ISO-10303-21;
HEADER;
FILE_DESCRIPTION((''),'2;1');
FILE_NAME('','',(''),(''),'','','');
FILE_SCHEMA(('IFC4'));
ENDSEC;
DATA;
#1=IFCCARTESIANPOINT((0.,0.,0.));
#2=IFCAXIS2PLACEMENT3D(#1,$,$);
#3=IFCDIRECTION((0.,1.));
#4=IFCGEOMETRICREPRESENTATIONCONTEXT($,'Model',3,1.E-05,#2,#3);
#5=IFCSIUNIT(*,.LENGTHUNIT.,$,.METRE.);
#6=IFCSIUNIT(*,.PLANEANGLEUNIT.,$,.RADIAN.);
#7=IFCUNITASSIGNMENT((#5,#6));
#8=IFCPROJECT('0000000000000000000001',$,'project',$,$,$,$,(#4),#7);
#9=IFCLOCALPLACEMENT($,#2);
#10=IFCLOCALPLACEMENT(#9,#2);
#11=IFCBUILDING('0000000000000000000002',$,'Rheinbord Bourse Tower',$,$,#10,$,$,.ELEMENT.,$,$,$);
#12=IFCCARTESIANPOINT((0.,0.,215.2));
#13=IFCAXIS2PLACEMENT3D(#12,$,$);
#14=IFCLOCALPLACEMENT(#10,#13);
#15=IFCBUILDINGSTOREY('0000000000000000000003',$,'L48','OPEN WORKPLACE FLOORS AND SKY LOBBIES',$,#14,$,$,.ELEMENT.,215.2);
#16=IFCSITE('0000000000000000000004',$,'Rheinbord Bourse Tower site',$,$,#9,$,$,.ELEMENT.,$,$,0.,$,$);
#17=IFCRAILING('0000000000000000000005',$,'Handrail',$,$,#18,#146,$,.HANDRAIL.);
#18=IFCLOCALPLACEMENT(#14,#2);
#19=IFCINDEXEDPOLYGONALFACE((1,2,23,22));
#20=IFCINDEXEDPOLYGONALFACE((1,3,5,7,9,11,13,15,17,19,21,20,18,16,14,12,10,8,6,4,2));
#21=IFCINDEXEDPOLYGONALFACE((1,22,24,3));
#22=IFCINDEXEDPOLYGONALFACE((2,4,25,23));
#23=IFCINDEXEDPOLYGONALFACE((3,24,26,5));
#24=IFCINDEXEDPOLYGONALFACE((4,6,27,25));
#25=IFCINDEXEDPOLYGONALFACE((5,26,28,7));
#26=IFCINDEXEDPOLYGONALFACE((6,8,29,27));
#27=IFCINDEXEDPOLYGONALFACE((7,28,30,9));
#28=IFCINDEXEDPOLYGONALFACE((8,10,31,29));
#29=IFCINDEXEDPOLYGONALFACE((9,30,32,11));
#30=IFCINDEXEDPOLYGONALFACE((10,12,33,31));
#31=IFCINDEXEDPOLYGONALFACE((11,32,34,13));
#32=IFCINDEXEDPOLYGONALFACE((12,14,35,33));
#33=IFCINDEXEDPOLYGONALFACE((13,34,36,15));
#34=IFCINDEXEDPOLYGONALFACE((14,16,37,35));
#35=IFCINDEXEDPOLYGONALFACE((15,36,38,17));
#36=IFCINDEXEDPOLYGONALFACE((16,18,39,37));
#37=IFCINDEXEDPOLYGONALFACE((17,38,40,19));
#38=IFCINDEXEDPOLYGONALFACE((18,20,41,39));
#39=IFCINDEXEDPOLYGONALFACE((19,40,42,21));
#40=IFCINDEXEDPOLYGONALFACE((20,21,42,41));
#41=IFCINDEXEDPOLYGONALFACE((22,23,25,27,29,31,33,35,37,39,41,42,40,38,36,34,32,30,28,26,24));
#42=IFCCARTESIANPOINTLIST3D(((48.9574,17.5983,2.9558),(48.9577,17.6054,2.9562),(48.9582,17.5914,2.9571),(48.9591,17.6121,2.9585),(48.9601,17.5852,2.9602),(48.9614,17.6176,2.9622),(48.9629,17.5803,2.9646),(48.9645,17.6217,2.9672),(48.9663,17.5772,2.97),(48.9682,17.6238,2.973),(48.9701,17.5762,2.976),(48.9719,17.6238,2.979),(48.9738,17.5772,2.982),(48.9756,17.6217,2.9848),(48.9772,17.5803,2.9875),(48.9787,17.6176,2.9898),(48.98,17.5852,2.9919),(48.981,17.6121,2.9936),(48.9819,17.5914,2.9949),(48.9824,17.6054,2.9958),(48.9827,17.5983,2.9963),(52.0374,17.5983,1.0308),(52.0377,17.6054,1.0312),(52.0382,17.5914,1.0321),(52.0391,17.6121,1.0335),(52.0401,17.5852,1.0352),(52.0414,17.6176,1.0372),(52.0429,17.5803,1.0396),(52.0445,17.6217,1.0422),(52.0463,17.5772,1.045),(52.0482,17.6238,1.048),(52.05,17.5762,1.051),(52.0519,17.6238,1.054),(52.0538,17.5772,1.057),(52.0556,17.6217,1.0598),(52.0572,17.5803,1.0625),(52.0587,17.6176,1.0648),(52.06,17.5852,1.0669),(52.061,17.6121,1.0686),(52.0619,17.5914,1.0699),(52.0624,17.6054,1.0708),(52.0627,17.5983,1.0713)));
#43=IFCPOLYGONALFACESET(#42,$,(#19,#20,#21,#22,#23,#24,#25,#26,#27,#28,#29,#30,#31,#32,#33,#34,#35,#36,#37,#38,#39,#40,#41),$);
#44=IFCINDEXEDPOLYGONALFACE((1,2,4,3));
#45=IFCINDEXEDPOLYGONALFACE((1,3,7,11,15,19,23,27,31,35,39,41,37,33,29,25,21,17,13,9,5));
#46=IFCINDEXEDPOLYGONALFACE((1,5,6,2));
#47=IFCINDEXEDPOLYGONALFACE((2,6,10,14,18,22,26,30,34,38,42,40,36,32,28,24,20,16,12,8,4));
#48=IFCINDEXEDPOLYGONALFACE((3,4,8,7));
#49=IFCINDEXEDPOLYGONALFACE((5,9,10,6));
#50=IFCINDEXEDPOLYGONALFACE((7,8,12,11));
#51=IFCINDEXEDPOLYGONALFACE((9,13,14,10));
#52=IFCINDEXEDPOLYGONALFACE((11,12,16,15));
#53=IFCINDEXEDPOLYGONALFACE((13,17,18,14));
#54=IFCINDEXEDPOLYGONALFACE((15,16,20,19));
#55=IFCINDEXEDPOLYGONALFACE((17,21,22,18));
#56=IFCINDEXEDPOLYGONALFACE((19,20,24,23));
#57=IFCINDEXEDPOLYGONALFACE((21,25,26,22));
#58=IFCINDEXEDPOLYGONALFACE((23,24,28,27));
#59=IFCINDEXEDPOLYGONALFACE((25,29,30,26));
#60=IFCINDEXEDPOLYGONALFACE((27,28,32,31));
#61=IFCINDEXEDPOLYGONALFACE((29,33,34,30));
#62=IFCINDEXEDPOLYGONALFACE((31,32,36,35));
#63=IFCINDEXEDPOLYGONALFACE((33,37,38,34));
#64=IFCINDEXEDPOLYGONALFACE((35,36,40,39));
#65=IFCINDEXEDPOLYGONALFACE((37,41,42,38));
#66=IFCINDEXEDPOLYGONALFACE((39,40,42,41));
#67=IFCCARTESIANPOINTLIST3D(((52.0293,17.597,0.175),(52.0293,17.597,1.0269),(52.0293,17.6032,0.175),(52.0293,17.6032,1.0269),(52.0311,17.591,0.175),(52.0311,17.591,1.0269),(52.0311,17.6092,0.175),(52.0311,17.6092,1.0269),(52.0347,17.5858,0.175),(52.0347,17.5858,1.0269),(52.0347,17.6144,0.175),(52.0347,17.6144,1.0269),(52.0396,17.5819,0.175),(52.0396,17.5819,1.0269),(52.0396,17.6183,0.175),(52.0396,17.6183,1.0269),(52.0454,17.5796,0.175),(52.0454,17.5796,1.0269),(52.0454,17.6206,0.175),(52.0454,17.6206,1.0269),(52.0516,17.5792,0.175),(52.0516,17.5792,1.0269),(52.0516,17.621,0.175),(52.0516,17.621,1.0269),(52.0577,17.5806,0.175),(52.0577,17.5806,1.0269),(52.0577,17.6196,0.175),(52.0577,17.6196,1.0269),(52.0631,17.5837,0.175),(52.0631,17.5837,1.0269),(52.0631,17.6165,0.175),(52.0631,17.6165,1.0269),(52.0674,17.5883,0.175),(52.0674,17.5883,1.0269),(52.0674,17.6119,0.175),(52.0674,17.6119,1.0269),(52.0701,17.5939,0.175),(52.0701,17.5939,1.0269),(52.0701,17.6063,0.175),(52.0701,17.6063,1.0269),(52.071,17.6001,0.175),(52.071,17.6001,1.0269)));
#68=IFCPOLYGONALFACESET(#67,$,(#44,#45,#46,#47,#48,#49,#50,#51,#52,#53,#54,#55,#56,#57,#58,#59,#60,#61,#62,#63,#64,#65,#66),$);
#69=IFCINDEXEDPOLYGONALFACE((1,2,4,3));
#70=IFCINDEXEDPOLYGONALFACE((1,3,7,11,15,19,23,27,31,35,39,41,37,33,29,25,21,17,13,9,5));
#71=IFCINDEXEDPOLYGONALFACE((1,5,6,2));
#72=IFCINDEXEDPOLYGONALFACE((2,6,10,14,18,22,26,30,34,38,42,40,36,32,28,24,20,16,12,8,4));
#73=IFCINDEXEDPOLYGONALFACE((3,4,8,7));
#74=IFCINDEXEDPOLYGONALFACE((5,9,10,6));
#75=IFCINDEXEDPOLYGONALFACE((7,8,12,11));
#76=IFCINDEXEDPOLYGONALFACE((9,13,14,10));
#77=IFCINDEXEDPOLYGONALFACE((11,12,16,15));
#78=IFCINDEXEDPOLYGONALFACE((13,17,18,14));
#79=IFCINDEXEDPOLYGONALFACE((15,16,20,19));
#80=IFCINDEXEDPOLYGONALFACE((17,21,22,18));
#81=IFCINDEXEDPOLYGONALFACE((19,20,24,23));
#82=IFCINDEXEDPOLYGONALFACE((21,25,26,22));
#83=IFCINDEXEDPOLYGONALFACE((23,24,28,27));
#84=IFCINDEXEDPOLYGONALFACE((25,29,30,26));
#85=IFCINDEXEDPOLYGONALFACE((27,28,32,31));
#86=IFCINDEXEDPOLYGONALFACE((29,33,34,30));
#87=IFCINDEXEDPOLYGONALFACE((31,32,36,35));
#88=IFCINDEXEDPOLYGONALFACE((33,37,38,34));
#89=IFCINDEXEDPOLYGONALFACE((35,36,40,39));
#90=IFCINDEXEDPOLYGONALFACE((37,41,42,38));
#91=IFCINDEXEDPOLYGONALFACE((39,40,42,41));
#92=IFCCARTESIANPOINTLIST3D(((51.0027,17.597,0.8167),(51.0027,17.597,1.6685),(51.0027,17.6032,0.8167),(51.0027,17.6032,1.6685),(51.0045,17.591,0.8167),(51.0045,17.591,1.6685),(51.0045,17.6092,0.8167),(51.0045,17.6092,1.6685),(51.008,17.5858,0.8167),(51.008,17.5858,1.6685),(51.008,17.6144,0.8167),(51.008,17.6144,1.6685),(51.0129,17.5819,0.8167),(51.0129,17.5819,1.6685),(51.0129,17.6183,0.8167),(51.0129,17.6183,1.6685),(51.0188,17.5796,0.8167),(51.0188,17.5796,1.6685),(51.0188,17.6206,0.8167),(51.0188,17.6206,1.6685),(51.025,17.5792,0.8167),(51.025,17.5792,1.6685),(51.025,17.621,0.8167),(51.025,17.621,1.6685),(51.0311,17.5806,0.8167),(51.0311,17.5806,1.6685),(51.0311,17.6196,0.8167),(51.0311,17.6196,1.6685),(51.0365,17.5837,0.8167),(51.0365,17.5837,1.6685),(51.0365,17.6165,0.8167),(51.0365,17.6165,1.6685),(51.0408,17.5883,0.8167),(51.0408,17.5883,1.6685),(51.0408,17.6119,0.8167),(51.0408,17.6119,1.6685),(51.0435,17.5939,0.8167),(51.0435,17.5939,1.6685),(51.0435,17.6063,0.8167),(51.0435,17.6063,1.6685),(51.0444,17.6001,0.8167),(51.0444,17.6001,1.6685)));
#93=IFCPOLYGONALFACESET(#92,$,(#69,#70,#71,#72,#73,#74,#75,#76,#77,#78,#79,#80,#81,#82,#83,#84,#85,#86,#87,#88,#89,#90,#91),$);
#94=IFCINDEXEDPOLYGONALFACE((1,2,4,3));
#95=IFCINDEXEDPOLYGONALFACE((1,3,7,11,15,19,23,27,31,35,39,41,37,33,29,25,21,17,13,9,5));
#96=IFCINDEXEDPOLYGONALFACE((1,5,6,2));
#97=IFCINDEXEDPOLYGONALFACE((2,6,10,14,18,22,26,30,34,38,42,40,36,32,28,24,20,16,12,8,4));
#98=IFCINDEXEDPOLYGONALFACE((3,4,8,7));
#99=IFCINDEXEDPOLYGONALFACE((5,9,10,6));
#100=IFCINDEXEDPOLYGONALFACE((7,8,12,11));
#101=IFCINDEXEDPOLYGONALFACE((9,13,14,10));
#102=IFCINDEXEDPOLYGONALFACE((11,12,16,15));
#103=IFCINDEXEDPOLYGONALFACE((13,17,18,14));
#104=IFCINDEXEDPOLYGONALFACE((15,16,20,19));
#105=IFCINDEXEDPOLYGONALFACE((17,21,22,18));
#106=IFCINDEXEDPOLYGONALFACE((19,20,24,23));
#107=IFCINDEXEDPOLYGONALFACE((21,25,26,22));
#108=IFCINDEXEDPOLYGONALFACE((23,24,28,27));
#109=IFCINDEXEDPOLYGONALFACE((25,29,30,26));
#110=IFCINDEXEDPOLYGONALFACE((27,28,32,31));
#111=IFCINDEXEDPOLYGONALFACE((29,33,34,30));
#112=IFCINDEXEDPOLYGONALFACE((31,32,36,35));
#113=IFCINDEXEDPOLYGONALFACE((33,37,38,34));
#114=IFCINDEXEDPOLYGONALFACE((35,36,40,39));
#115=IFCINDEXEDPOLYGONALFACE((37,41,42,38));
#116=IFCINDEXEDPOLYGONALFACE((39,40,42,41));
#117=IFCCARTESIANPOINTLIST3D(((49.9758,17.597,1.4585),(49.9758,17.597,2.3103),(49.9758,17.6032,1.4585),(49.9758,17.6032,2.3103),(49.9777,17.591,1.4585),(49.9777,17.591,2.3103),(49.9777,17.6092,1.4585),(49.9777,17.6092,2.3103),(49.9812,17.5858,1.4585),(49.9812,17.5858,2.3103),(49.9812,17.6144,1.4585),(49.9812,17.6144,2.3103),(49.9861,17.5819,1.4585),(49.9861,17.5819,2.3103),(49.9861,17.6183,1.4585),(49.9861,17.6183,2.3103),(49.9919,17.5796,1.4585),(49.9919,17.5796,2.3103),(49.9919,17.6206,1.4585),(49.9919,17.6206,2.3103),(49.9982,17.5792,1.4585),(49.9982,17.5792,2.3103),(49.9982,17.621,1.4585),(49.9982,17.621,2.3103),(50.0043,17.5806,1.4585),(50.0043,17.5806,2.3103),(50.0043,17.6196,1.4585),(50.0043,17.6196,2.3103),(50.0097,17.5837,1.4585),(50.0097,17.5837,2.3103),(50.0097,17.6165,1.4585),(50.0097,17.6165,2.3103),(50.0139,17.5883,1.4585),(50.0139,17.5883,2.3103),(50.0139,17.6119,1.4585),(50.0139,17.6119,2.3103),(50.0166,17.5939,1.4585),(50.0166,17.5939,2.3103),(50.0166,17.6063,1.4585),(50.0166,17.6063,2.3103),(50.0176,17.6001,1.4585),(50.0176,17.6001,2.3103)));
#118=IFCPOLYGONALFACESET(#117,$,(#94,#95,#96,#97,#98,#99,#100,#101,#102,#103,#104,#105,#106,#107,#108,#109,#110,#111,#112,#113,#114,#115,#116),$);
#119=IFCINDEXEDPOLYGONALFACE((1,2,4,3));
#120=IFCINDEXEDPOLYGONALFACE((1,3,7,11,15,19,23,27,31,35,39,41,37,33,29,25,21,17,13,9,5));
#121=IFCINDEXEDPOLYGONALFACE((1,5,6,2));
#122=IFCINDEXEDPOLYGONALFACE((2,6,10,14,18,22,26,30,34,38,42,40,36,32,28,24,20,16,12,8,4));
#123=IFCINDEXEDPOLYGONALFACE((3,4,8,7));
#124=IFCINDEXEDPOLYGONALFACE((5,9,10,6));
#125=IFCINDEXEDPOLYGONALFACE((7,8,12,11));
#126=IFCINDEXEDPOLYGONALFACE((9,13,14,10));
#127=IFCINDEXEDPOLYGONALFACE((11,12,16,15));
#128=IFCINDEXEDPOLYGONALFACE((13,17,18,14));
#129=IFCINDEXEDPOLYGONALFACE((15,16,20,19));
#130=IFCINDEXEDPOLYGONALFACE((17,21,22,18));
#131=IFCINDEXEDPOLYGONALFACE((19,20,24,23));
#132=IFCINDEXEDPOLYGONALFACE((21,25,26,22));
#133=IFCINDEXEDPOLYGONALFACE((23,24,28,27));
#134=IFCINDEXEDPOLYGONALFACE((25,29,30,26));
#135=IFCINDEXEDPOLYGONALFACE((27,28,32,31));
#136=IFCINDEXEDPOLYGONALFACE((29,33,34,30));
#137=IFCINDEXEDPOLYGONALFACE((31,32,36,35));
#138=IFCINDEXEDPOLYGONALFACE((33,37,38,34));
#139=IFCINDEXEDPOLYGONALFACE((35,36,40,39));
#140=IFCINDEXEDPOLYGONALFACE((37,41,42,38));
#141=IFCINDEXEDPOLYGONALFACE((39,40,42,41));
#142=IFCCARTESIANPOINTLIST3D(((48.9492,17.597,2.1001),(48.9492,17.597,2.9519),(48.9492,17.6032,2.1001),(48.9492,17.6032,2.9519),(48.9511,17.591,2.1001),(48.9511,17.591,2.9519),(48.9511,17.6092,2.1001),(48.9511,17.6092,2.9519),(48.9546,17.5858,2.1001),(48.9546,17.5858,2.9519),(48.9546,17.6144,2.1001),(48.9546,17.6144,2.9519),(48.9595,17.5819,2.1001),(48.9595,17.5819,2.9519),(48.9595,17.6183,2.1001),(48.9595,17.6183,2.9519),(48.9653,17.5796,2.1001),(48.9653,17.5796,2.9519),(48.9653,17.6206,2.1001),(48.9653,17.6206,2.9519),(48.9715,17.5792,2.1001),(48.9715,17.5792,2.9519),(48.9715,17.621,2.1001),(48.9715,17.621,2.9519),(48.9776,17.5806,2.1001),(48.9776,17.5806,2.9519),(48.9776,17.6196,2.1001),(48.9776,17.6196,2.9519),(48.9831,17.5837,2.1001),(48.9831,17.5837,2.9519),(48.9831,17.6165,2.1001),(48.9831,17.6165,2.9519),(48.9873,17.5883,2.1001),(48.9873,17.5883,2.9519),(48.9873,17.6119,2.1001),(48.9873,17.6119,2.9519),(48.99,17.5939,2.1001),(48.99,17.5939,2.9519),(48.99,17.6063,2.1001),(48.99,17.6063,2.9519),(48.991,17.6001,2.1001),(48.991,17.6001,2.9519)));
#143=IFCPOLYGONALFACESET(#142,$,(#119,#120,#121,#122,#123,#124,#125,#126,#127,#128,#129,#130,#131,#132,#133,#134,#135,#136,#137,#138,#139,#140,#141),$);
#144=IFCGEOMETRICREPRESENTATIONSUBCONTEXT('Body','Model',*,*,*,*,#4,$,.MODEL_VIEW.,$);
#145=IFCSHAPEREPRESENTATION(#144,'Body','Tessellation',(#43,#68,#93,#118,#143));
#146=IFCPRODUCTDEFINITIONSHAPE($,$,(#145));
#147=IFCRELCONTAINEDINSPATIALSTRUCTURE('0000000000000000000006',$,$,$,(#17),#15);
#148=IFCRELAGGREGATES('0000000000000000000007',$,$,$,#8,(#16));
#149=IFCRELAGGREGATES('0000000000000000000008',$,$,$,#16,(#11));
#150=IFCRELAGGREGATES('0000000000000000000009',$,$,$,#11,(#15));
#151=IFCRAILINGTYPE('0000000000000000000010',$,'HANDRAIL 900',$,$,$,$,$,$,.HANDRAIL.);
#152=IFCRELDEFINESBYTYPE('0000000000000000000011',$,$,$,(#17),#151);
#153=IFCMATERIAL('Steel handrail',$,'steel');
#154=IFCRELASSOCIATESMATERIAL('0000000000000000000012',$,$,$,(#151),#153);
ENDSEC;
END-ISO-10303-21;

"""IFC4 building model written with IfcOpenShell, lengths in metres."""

from ifc_helpers import new_model, si_unit, direction, frame, origin, origin_2d, place, context, subcontext, project, spatial, circle, extrude, material, type_object, element, save


model = new_model("IFC4")

# Units and contexts
model_context = context("Model", 3, precision=1e-05, world=origin(), true_north=direction((0.0, 1.0)))
body_context = subcontext(model_context, "Body", "Model", "MODEL_VIEW")
ifc_project = project(units=[si_unit("LENGTHUNIT", "METRE"), si_unit("PLANEANGLEUNIT", "RADIAN")], contexts=[model_context])

# Site, building, storey
site_placement = place(None, origin())
site = spatial("IfcSite", under=ifc_project, at=site_placement, Name="Rheinbord Bourse Tower site", CompositionType="ELEMENT", RefElevation=0.0)
building_placement = place(site_placement, origin())
building = spatial("IfcBuilding", under=site, at=building_placement, Name="Rheinbord Bourse Tower", CompositionType="ELEMENT")
storey_placement = place(building_placement, frame((0.0, 0.0, 215.2)))
storey = spatial("IfcBuildingStorey", under=building, at=storey_placement, Name="L48", Description="OPEN WORKPLACE FLOORS AND SKY LOBBIES", CompositionType="ELEMENT", Elevation=215.2)

# Railing
ifc_material_1 = material(Name="Steel handrail", Category="steel")
railing_type = type_object("IfcRailingType", Name="HANDRAIL 900", PredefinedType="HANDRAIL", material=ifc_material_1)
railing_1_placement = place(storey_placement, frame((52.05, 17.6001, 0.175)))
element("IfcRailing", 1, at=railing_1_placement, inside=storey, type_object=railing_type, Name="Handrail", PredefinedType="HANDRAIL", context=body_context, shape_type="SweptSolid", body=[
    extrude(circle(Radius=0.0239, at=origin_2d()), frame((0.0, 0.0, 0.876), z_axis=(-0.847998, 0.0, 0.529999), x_axis=(0.0, -1.0, 0.0)), (0.0, 0.0, 1.0), 3.6321),
    extrude(circle(Radius=0.021, at=origin_2d()), origin(), (0.0, 0.0, 1.0), 0.8518),
    extrude(circle(Radius=0.021, at=origin_2d()), frame((-1.0266, 0.0, 0.6416)), (0.0, 0.0, 1.0), 0.8518),
    extrude(circle(Radius=0.021, at=origin_2d()), frame((-2.0535, 0.0, 1.2834)), (0.0, 0.0, 1.0), 0.8518),
    extrude(circle(Radius=0.021, at=origin_2d()), frame((-3.0801, 0.0, 1.925)), (0.0, 0.0, 1.0), 0.8518),
])

save(model, "model.ifc")
